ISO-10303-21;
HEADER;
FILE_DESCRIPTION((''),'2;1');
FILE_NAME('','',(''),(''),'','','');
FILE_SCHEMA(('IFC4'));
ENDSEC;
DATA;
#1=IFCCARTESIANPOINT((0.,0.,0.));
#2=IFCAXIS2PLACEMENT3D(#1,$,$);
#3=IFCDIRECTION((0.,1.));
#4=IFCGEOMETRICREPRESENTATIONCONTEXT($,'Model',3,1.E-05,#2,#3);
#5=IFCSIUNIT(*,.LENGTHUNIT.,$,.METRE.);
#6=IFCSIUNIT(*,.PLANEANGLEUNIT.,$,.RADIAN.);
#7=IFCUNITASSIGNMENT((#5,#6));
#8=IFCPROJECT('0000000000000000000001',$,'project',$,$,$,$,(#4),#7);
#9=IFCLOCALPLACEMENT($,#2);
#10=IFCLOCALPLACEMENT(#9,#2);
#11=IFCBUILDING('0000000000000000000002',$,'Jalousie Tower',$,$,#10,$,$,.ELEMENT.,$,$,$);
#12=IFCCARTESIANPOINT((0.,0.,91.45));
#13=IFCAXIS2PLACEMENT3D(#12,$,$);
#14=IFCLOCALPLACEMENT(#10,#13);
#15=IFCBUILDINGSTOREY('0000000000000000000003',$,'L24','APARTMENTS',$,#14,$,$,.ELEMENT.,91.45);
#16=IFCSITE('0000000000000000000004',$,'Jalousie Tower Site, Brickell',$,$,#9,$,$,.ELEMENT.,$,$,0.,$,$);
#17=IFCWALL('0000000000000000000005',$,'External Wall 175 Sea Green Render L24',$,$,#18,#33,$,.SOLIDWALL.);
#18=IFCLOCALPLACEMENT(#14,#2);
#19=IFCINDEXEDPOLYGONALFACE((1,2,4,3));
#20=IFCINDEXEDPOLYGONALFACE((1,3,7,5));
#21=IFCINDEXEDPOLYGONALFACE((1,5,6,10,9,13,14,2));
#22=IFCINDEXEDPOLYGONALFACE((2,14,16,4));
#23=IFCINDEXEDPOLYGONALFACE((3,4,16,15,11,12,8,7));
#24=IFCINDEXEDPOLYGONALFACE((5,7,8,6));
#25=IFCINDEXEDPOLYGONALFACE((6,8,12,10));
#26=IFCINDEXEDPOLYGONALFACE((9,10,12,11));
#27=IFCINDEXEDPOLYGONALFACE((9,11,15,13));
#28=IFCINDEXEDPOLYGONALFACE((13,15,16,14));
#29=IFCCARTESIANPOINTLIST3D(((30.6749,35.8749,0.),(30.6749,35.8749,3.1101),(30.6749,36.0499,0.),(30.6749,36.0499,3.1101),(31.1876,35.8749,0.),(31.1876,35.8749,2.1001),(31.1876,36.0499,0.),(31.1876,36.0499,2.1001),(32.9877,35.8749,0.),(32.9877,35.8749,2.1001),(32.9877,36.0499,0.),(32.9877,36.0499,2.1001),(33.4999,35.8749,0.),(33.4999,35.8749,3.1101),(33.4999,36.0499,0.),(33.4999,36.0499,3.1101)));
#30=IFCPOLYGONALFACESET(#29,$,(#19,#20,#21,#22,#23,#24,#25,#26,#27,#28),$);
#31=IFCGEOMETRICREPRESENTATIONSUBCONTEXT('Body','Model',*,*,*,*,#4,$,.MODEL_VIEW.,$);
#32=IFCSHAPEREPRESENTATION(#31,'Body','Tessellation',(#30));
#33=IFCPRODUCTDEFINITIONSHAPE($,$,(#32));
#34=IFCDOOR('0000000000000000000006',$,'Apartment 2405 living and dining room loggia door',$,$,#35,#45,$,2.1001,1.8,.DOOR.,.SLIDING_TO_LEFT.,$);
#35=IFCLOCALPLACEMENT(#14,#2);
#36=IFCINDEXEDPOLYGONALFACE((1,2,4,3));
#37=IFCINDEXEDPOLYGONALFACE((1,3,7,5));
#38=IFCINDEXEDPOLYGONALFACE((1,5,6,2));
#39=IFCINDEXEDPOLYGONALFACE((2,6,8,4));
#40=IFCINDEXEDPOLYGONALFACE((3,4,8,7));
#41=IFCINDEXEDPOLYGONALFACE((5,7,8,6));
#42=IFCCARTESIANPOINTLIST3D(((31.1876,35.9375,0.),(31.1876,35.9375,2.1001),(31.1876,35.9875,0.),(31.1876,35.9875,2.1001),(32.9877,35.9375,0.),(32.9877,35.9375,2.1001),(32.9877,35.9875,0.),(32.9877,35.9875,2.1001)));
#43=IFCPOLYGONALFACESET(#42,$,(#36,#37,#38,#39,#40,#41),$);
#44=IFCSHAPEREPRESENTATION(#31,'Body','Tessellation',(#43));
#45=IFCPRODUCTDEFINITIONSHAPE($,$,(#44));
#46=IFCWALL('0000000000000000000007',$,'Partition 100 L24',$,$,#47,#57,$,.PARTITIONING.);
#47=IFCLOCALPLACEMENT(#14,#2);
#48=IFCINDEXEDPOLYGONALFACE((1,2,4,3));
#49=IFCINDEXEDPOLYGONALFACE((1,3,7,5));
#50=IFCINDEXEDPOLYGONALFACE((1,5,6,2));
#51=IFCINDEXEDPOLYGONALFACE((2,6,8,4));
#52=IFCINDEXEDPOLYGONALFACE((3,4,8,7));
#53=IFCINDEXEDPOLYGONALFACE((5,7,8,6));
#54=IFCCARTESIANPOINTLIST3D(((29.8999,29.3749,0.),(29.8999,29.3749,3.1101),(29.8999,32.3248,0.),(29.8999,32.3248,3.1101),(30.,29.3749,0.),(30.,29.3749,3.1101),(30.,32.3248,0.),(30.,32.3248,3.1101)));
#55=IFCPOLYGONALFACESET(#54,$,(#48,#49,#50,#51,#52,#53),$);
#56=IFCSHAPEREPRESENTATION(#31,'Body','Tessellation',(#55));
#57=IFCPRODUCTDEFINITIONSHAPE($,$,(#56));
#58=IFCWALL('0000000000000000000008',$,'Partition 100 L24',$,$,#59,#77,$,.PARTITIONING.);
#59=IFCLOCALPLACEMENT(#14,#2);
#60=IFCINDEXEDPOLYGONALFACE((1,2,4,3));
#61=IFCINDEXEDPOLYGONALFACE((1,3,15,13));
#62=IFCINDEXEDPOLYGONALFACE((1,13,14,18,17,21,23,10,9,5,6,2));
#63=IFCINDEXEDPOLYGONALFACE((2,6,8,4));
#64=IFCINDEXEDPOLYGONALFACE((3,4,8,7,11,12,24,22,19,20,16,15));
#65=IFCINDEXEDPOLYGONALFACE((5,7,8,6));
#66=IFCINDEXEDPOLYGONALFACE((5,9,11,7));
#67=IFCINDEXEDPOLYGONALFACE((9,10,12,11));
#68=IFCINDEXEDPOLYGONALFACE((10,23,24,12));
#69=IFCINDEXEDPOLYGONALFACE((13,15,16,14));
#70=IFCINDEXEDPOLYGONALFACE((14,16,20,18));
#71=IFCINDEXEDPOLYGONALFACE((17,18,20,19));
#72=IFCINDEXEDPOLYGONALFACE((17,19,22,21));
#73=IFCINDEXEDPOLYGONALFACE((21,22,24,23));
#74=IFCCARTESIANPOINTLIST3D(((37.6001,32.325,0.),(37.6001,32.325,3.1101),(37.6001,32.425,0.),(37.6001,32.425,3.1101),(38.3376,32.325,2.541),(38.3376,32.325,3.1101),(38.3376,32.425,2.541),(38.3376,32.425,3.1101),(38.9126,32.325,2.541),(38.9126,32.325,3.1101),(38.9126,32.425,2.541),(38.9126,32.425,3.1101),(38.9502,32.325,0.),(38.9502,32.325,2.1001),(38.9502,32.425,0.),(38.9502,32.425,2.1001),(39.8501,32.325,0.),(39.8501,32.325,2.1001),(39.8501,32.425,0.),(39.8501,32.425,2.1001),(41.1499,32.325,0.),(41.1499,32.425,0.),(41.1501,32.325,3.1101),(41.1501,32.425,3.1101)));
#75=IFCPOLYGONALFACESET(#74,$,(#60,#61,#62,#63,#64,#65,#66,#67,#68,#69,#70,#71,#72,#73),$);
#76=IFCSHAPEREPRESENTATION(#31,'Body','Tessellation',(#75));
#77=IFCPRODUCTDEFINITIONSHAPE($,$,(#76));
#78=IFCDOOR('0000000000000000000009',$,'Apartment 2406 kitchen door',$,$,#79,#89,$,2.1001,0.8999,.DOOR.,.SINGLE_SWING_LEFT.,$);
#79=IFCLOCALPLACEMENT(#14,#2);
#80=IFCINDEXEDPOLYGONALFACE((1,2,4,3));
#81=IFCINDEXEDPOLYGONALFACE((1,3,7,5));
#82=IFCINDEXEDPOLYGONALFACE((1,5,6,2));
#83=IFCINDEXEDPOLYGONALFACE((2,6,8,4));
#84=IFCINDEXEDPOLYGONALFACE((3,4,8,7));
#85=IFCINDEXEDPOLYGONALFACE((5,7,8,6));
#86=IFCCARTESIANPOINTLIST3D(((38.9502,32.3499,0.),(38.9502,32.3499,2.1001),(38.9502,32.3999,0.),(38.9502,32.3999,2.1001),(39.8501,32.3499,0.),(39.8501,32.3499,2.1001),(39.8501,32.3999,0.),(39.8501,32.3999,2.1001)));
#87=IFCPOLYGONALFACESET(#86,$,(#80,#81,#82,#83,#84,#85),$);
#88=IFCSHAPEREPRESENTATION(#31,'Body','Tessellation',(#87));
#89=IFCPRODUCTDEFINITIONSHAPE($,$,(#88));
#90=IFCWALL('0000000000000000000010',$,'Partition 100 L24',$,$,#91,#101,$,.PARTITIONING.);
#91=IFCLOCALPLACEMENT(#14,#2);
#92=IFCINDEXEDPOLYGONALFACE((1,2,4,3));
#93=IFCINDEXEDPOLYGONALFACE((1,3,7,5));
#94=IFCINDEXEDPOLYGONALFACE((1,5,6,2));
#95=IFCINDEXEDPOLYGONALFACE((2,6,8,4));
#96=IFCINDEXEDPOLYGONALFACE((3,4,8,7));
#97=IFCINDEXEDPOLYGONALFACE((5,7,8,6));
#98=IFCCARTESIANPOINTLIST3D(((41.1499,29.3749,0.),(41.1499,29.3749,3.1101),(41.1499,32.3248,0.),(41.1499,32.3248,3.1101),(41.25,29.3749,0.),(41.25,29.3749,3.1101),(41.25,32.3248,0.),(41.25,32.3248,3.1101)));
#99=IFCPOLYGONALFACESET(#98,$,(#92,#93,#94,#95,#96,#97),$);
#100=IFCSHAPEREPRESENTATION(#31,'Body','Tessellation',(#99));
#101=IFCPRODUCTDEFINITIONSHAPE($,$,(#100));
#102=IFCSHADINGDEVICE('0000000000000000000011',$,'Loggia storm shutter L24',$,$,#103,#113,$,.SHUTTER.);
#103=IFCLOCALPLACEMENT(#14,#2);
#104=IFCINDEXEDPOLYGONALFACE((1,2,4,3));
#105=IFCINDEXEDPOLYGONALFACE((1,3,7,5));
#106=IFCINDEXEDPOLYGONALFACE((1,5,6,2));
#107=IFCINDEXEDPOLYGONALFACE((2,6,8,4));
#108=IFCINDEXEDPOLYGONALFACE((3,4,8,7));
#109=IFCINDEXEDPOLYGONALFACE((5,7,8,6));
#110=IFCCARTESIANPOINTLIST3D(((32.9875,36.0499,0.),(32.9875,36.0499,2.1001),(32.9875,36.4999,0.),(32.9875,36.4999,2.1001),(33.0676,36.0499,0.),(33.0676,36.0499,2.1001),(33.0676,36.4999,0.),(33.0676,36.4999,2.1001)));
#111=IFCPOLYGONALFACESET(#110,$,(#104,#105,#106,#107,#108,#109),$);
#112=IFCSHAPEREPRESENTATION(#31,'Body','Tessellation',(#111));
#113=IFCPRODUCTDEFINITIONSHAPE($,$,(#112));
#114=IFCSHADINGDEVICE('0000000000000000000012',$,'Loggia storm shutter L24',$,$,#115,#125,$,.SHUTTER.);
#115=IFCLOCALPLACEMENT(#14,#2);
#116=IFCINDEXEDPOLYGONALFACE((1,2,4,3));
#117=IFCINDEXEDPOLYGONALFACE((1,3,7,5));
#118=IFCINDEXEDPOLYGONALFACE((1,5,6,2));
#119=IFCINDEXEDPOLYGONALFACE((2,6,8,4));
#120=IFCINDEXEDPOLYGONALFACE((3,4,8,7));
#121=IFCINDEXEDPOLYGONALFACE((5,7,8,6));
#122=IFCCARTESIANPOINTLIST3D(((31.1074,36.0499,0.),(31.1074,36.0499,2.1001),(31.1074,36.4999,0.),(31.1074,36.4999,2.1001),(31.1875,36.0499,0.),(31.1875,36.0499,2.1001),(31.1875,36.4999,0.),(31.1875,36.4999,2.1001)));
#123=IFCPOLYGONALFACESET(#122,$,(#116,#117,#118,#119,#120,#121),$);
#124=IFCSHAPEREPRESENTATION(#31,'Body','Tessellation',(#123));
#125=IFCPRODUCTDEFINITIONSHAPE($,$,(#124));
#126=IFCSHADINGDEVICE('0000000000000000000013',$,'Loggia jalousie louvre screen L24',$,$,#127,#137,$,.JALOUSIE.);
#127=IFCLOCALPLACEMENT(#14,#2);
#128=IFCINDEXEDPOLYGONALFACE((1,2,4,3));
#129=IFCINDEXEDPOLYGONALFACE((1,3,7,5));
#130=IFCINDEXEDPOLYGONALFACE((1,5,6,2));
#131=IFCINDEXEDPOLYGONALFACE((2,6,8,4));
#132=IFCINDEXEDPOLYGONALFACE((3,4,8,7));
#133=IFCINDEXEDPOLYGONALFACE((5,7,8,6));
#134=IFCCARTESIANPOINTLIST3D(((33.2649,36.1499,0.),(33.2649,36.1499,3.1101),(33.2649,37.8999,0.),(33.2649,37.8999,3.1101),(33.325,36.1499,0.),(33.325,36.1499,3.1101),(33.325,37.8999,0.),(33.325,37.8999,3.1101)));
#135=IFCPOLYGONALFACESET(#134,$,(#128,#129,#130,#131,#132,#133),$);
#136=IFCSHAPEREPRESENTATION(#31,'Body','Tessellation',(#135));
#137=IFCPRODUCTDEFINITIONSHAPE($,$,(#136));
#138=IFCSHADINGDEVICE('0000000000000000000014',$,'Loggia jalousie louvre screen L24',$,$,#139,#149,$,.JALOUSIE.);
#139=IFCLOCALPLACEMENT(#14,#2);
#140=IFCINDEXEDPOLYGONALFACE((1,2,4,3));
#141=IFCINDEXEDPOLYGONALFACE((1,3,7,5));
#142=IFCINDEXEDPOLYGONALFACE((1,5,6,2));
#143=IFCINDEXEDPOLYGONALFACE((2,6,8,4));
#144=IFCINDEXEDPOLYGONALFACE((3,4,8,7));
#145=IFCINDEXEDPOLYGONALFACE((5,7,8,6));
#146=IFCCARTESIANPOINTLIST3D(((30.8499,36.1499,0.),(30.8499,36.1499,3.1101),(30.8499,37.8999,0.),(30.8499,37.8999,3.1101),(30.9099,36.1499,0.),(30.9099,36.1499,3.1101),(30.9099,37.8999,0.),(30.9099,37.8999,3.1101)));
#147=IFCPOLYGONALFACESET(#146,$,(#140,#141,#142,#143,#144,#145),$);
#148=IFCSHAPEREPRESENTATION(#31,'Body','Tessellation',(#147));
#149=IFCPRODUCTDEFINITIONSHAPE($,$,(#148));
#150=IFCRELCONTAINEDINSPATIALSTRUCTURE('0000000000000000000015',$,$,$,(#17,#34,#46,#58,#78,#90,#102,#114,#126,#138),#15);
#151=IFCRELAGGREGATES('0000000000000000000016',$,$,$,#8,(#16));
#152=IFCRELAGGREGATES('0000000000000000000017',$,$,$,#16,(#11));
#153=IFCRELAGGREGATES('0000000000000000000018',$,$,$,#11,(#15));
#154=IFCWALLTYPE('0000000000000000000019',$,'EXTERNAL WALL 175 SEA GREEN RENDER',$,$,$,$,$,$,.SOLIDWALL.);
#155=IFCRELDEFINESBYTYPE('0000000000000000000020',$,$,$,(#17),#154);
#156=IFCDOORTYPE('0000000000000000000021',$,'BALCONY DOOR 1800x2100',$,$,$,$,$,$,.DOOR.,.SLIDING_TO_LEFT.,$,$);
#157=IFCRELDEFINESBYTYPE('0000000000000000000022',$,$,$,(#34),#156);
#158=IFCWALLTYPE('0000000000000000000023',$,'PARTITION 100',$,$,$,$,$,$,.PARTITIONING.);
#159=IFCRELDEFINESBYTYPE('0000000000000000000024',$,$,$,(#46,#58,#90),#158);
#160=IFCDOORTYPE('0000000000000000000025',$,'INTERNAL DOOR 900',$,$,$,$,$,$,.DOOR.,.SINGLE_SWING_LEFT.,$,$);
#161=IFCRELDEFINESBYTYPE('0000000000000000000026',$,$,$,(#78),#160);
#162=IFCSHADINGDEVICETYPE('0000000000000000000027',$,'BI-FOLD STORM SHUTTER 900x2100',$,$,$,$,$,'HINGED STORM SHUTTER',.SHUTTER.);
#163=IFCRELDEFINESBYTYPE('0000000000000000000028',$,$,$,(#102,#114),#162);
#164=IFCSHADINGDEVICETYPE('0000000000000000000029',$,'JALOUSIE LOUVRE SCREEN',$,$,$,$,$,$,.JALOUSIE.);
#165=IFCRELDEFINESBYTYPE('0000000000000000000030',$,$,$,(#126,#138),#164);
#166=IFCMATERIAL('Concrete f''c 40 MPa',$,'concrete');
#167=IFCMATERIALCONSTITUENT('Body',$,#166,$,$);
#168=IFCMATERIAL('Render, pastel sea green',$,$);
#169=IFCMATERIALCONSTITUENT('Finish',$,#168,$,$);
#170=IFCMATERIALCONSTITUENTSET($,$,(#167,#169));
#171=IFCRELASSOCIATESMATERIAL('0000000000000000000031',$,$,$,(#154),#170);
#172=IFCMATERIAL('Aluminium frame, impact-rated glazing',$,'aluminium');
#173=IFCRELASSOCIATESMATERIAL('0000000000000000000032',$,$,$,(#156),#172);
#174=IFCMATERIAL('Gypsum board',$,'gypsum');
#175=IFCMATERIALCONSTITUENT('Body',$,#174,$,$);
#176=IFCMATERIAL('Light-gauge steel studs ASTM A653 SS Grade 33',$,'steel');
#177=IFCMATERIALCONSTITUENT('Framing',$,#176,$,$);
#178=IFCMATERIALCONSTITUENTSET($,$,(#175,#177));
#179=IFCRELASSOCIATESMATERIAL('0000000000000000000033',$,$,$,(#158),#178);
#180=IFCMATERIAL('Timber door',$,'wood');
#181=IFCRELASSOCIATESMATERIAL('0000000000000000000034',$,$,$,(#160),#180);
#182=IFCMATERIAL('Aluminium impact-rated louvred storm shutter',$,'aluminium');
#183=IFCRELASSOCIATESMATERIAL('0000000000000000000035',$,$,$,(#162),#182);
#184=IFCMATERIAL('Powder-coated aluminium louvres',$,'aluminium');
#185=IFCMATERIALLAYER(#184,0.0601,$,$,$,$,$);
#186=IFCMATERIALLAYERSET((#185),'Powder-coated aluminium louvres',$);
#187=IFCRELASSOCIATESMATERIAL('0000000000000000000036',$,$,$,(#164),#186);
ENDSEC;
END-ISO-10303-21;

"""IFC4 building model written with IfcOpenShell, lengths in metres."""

from ifc_helpers import new_model, si_unit, direction, frame, frame_2d, origin, origin_2d, place, context, subcontext, project, spatial, polyline, rectangle, outline, extrude, material, layer, layer_set, constituent, constituent_set, type_object, element, fill, save


model = new_model("IFC4")

# Units and contexts
model_context = context("Model", 3, precision=1e-05, world=origin(), true_north=direction((0.0, 1.0)))
body_context = subcontext(model_context, "Body", "Model", "MODEL_VIEW")
ifc_project = project(units=[si_unit("LENGTHUNIT", "METRE"), si_unit("PLANEANGLEUNIT", "RADIAN")], contexts=[model_context])

# Site, building, storey
site_placement = place(None, origin())
site = spatial("IfcSite", under=ifc_project, at=site_placement, Name="Jalousie Tower Site, Brickell", CompositionType="ELEMENT", RefElevation=0.0)
building_placement = place(site_placement, origin())
building = spatial("IfcBuilding", under=site, at=building_placement, Name="Jalousie Tower", CompositionType="ELEMENT")
storey_placement = place(building_placement, frame((0.0, 0.0, 91.45)))
storey = spatial("IfcBuildingStorey", under=building, at=storey_placement, Name="L24", Description="APARTMENTS", CompositionType="ELEMENT", Elevation=91.45)

# Wall, opening, door
ifc_material_1 = material(Name="Concrete f'c 40 MPa", Category="concrete")
ifc_constituent_1 = constituent(ifc_material_1, Name="Body")
ifc_material_2 = material(Name="Render, pastel sea green")
ifc_constituent_2 = constituent(ifc_material_2, Name="Finish")
ifc_constituent_set_1 = constituent_set(constituents=[ifc_constituent_1, ifc_constituent_2])
wall_type_1 = type_object("IfcWallType", Name="EXTERNAL WALL 175 SEA GREEN RENDER", PredefinedType="SOLIDWALL", material=ifc_constituent_set_1)
wall_1_placement = place(storey_placement, frame((33.5, 35.9624, 0.0), z_axis=(0.0, 0.0, 1.0), x_axis=(-1.0, 0.0, 0.0)))
wall_1 = element("IfcWall", 1, at=wall_1_placement, inside=storey, type_object=wall_type_1, Name="External Wall 175 Sea Green Render L24", PredefinedType="SOLIDWALL", context=body_context, shape_type="SweptSolid", body=[
    extrude(rectangle(XDim=2.825, YDim=0.175, at=frame_2d((1.4126, 0.0))), origin(), (0.0, 0.0, 1.0), 3.1101),
])
opening_1_placement = place(wall_1_placement, frame((0.5125, 0.0, 0.0)))
opening_1 = element("IfcOpeningElement", 2, at=opening_1_placement, cuts=wall_1, PredefinedType="OPENING", context=body_context, shape_type="SweptSolid", body=[
    extrude(rectangle(XDim=1.8, YDim=2.1001, at=frame_2d((0.8999, 1.05))), frame((0.0, 0.0974, 0.0), z_axis=(0.0, -1.0, 0.0), x_axis=(1.0, 0.0, 0.0)), (0.0, 0.0, 1.0), 0.1951),
])
ifc_material_3 = material(Name="Aluminium frame, impact-rated glazing", Category="aluminium")
door_type_1 = type_object("IfcDoorType", Name="BALCONY DOOR 1800x2100", OperationType="SLIDING_TO_LEFT", PredefinedType="DOOR", material=ifc_material_3)
door_1_placement = place(opening_1_placement, origin())
door_1 = element("IfcDoor", 3, at=door_1_placement, inside=storey, type_object=door_type_1, Name="Apartment 2405 living and dining room loggia door", OperationType="SLIDING_TO_LEFT", OverallHeight=2.1001, OverallWidth=1.8, PredefinedType="DOOR", context=body_context, shape_type="SweptSolid", body=[
    extrude(rectangle(XDim=1.8, YDim=2.1001, at=frame_2d((0.8999, 1.05))), frame((0.0, 0.0249, 0.0), z_axis=(0.0, -1.0, 0.0), x_axis=(1.0, 0.0, 0.0)), (0.0, 0.0, 1.0), 0.05),
])
fill(opening_1, door_1)

# Wall
ifc_material_4 = material(Name="Gypsum board", Category="gypsum")
ifc_constituent_3 = constituent(ifc_material_4, Name="Body")
ifc_material_5 = material(Name="Light-gauge steel studs ASTM A653 SS Grade 33", Category="steel")
ifc_constituent_4 = constituent(ifc_material_5, Name="Framing")
ifc_constituent_set_2 = constituent_set(constituents=[ifc_constituent_3, ifc_constituent_4])
wall_type_2 = type_object("IfcWallType", Name="PARTITION 100", PredefinedType="PARTITIONING", material=ifc_constituent_set_2)
wall_2_placement = place(storey_placement, frame((29.95, 32.325, 0.0), z_axis=(0.0, 0.0, 1.0), x_axis=(0.0, -1.0, 0.0)))
element("IfcWall", 4, at=wall_2_placement, inside=storey, type_object=wall_type_2, Name="Partition 100 L24", PredefinedType="PARTITIONING", context=body_context, shape_type="SweptSolid", body=[
    extrude(rectangle(XDim=2.95, YDim=0.1001, at=frame_2d((1.4751, 0.0))), origin(), (0.0, 0.0, 1.0), 3.1101),
])

# Wall, opening, door
wall_3_placement = place(storey_placement, frame((37.6001, 32.375, 0.0), z_axis=(0.0, 0.0, 1.0), x_axis=(1.0, 0.0, 0.0)))
wall_3 = element("IfcWall", 5, at=wall_3_placement, inside=storey, type_object=wall_type_2, Name="Partition 100 L24", PredefinedType="PARTITIONING", context=body_context, shape_type="SweptSolid", body=[
    extrude(outline(polyline([(0.0, 0.0), (3.5498, 0.0), (3.55, 3.1101), (1.3125, 3.1101), (1.3125, 2.541), (0.7375, 2.541), (0.7375, 3.1101), (0.0, 3.1101), (0.0, 0.0)])), frame((0.0, 0.05, 0.0), z_axis=(0.0, -1.0, 0.0), x_axis=(1.0, 0.0, 0.0)), (0.0, 0.0, 1.0), 0.1001),
])
opening_2_placement = place(wall_3_placement, frame((1.3501, 0.0, 0.0)))
opening_2 = element("IfcOpeningElement", 6, at=opening_2_placement, cuts=wall_3, PredefinedType="OPENING", context=body_context, shape_type="SweptSolid", body=[
    extrude(rectangle(XDim=0.8999, YDim=2.1001, at=frame_2d((0.45, 1.05))), frame((0.0, 0.0601, 0.0), z_axis=(0.0, -1.0, 0.0), x_axis=(1.0, 0.0, 0.0)), (0.0, 0.0, 1.0), 0.1201),
])
ifc_material_6 = material(Name="Timber door", Category="wood")
door_type_2 = type_object("IfcDoorType", Name="INTERNAL DOOR 900", OperationType="SINGLE_SWING_LEFT", PredefinedType="DOOR", material=ifc_material_6)
door_2_placement = place(opening_2_placement, origin())
door_2 = element("IfcDoor", 7, at=door_2_placement, inside=storey, type_object=door_type_2, Name="Apartment 2406 kitchen door", OperationType="SINGLE_SWING_LEFT", OverallHeight=2.1001, OverallWidth=0.8999, PredefinedType="DOOR", context=body_context, shape_type="SweptSolid", body=[
    extrude(rectangle(XDim=0.8999, YDim=2.1001, at=frame_2d((0.45, 1.05))), frame((0.0, 0.0249, 0.0), z_axis=(0.0, -1.0, 0.0), x_axis=(1.0, 0.0, 0.0)), (0.0, 0.0, 1.0), 0.05),
])
fill(opening_2, door_2)

# Wall
wall_4_placement = place(storey_placement, frame((41.2, 32.325, 0.0), z_axis=(0.0, 0.0, 1.0), x_axis=(0.0, -1.0, 0.0)))
element("IfcWall", 8, at=wall_4_placement, inside=storey, type_object=wall_type_2, Name="Partition 100 L24", PredefinedType="PARTITIONING", context=body_context, shape_type="SweptSolid", body=[
    extrude(rectangle(XDim=2.95, YDim=0.1001, at=frame_2d((1.4751, 0.0))), origin(), (0.0, 0.0, 1.0), 3.1101),
])

# Shading devices
ifc_material_7 = material(Name="Aluminium impact-rated louvred storm shutter", Category="aluminium")
shading_device_type_1 = type_object("IfcShadingDeviceType", Name="BI-FOLD STORM SHUTTER 900x2100", ElementType="HINGED STORM SHUTTER", PredefinedType="SHUTTER", material=ifc_material_7)
for number, where, z_axis, x_axis, name in (
    (9, (33.0276, 36.2749, 0.0), (0.0, 0.0, 1.0), (0.0, -1.0, 0.0), "Loggia storm shutter L24"),
    (10, (31.1475, 36.2749, 0.0), (0.0, 0.0, 1.0), (0.0, -1.0, 0.0), "Loggia storm shutter L24"),
):
    element("IfcShadingDevice", number, at=place(storey_placement, frame(where, z_axis=z_axis, x_axis=x_axis)), inside=storey, type_object=shading_device_type_1, Name=name, PredefinedType="SHUTTER", context=body_context, shape_type="SweptSolid", body=[
        extrude(rectangle(XDim=0.45, YDim=0.0801, at=origin_2d()), origin(), (0.0, 0.0, 1.0), 2.1001),
    ])
ifc_material_8 = material(Name="Powder-coated aluminium louvres", Category="aluminium")
ifc_layer = layer(ifc_material_8, 0.0601)
ifc_layer_set = layer_set([ifc_layer], Name="Powder-coated aluminium louvres")
shading_device_type_2 = type_object("IfcShadingDeviceType", Name="JALOUSIE LOUVRE SCREEN", PredefinedType="JALOUSIE", material=ifc_layer_set)
for number, where, z_axis, x_axis, name in (
    (11, (33.2949, 37.0249, 0.0), (0.0, 0.0, 1.0), (-1.0, 0.0, 0.0), "Loggia jalousie louvre screen L24"),
    (12, (30.8799, 37.0249, 0.0), (0.0, 0.0, 1.0), (-1.0, 0.0, 0.0), "Loggia jalousie louvre screen L24"),
):
    element("IfcShadingDevice", number, at=place(storey_placement, frame(where, z_axis=z_axis, x_axis=x_axis)), inside=storey, type_object=shading_device_type_2, Name=name, PredefinedType="JALOUSIE", context=body_context, shape_type="SweptSolid", body=[
        extrude(rectangle(XDim=0.0601, YDim=1.75, at=origin_2d()), origin(), (0.0, 0.0, 1.0), 3.1101),
    ])

save(model, "model.ifc")
